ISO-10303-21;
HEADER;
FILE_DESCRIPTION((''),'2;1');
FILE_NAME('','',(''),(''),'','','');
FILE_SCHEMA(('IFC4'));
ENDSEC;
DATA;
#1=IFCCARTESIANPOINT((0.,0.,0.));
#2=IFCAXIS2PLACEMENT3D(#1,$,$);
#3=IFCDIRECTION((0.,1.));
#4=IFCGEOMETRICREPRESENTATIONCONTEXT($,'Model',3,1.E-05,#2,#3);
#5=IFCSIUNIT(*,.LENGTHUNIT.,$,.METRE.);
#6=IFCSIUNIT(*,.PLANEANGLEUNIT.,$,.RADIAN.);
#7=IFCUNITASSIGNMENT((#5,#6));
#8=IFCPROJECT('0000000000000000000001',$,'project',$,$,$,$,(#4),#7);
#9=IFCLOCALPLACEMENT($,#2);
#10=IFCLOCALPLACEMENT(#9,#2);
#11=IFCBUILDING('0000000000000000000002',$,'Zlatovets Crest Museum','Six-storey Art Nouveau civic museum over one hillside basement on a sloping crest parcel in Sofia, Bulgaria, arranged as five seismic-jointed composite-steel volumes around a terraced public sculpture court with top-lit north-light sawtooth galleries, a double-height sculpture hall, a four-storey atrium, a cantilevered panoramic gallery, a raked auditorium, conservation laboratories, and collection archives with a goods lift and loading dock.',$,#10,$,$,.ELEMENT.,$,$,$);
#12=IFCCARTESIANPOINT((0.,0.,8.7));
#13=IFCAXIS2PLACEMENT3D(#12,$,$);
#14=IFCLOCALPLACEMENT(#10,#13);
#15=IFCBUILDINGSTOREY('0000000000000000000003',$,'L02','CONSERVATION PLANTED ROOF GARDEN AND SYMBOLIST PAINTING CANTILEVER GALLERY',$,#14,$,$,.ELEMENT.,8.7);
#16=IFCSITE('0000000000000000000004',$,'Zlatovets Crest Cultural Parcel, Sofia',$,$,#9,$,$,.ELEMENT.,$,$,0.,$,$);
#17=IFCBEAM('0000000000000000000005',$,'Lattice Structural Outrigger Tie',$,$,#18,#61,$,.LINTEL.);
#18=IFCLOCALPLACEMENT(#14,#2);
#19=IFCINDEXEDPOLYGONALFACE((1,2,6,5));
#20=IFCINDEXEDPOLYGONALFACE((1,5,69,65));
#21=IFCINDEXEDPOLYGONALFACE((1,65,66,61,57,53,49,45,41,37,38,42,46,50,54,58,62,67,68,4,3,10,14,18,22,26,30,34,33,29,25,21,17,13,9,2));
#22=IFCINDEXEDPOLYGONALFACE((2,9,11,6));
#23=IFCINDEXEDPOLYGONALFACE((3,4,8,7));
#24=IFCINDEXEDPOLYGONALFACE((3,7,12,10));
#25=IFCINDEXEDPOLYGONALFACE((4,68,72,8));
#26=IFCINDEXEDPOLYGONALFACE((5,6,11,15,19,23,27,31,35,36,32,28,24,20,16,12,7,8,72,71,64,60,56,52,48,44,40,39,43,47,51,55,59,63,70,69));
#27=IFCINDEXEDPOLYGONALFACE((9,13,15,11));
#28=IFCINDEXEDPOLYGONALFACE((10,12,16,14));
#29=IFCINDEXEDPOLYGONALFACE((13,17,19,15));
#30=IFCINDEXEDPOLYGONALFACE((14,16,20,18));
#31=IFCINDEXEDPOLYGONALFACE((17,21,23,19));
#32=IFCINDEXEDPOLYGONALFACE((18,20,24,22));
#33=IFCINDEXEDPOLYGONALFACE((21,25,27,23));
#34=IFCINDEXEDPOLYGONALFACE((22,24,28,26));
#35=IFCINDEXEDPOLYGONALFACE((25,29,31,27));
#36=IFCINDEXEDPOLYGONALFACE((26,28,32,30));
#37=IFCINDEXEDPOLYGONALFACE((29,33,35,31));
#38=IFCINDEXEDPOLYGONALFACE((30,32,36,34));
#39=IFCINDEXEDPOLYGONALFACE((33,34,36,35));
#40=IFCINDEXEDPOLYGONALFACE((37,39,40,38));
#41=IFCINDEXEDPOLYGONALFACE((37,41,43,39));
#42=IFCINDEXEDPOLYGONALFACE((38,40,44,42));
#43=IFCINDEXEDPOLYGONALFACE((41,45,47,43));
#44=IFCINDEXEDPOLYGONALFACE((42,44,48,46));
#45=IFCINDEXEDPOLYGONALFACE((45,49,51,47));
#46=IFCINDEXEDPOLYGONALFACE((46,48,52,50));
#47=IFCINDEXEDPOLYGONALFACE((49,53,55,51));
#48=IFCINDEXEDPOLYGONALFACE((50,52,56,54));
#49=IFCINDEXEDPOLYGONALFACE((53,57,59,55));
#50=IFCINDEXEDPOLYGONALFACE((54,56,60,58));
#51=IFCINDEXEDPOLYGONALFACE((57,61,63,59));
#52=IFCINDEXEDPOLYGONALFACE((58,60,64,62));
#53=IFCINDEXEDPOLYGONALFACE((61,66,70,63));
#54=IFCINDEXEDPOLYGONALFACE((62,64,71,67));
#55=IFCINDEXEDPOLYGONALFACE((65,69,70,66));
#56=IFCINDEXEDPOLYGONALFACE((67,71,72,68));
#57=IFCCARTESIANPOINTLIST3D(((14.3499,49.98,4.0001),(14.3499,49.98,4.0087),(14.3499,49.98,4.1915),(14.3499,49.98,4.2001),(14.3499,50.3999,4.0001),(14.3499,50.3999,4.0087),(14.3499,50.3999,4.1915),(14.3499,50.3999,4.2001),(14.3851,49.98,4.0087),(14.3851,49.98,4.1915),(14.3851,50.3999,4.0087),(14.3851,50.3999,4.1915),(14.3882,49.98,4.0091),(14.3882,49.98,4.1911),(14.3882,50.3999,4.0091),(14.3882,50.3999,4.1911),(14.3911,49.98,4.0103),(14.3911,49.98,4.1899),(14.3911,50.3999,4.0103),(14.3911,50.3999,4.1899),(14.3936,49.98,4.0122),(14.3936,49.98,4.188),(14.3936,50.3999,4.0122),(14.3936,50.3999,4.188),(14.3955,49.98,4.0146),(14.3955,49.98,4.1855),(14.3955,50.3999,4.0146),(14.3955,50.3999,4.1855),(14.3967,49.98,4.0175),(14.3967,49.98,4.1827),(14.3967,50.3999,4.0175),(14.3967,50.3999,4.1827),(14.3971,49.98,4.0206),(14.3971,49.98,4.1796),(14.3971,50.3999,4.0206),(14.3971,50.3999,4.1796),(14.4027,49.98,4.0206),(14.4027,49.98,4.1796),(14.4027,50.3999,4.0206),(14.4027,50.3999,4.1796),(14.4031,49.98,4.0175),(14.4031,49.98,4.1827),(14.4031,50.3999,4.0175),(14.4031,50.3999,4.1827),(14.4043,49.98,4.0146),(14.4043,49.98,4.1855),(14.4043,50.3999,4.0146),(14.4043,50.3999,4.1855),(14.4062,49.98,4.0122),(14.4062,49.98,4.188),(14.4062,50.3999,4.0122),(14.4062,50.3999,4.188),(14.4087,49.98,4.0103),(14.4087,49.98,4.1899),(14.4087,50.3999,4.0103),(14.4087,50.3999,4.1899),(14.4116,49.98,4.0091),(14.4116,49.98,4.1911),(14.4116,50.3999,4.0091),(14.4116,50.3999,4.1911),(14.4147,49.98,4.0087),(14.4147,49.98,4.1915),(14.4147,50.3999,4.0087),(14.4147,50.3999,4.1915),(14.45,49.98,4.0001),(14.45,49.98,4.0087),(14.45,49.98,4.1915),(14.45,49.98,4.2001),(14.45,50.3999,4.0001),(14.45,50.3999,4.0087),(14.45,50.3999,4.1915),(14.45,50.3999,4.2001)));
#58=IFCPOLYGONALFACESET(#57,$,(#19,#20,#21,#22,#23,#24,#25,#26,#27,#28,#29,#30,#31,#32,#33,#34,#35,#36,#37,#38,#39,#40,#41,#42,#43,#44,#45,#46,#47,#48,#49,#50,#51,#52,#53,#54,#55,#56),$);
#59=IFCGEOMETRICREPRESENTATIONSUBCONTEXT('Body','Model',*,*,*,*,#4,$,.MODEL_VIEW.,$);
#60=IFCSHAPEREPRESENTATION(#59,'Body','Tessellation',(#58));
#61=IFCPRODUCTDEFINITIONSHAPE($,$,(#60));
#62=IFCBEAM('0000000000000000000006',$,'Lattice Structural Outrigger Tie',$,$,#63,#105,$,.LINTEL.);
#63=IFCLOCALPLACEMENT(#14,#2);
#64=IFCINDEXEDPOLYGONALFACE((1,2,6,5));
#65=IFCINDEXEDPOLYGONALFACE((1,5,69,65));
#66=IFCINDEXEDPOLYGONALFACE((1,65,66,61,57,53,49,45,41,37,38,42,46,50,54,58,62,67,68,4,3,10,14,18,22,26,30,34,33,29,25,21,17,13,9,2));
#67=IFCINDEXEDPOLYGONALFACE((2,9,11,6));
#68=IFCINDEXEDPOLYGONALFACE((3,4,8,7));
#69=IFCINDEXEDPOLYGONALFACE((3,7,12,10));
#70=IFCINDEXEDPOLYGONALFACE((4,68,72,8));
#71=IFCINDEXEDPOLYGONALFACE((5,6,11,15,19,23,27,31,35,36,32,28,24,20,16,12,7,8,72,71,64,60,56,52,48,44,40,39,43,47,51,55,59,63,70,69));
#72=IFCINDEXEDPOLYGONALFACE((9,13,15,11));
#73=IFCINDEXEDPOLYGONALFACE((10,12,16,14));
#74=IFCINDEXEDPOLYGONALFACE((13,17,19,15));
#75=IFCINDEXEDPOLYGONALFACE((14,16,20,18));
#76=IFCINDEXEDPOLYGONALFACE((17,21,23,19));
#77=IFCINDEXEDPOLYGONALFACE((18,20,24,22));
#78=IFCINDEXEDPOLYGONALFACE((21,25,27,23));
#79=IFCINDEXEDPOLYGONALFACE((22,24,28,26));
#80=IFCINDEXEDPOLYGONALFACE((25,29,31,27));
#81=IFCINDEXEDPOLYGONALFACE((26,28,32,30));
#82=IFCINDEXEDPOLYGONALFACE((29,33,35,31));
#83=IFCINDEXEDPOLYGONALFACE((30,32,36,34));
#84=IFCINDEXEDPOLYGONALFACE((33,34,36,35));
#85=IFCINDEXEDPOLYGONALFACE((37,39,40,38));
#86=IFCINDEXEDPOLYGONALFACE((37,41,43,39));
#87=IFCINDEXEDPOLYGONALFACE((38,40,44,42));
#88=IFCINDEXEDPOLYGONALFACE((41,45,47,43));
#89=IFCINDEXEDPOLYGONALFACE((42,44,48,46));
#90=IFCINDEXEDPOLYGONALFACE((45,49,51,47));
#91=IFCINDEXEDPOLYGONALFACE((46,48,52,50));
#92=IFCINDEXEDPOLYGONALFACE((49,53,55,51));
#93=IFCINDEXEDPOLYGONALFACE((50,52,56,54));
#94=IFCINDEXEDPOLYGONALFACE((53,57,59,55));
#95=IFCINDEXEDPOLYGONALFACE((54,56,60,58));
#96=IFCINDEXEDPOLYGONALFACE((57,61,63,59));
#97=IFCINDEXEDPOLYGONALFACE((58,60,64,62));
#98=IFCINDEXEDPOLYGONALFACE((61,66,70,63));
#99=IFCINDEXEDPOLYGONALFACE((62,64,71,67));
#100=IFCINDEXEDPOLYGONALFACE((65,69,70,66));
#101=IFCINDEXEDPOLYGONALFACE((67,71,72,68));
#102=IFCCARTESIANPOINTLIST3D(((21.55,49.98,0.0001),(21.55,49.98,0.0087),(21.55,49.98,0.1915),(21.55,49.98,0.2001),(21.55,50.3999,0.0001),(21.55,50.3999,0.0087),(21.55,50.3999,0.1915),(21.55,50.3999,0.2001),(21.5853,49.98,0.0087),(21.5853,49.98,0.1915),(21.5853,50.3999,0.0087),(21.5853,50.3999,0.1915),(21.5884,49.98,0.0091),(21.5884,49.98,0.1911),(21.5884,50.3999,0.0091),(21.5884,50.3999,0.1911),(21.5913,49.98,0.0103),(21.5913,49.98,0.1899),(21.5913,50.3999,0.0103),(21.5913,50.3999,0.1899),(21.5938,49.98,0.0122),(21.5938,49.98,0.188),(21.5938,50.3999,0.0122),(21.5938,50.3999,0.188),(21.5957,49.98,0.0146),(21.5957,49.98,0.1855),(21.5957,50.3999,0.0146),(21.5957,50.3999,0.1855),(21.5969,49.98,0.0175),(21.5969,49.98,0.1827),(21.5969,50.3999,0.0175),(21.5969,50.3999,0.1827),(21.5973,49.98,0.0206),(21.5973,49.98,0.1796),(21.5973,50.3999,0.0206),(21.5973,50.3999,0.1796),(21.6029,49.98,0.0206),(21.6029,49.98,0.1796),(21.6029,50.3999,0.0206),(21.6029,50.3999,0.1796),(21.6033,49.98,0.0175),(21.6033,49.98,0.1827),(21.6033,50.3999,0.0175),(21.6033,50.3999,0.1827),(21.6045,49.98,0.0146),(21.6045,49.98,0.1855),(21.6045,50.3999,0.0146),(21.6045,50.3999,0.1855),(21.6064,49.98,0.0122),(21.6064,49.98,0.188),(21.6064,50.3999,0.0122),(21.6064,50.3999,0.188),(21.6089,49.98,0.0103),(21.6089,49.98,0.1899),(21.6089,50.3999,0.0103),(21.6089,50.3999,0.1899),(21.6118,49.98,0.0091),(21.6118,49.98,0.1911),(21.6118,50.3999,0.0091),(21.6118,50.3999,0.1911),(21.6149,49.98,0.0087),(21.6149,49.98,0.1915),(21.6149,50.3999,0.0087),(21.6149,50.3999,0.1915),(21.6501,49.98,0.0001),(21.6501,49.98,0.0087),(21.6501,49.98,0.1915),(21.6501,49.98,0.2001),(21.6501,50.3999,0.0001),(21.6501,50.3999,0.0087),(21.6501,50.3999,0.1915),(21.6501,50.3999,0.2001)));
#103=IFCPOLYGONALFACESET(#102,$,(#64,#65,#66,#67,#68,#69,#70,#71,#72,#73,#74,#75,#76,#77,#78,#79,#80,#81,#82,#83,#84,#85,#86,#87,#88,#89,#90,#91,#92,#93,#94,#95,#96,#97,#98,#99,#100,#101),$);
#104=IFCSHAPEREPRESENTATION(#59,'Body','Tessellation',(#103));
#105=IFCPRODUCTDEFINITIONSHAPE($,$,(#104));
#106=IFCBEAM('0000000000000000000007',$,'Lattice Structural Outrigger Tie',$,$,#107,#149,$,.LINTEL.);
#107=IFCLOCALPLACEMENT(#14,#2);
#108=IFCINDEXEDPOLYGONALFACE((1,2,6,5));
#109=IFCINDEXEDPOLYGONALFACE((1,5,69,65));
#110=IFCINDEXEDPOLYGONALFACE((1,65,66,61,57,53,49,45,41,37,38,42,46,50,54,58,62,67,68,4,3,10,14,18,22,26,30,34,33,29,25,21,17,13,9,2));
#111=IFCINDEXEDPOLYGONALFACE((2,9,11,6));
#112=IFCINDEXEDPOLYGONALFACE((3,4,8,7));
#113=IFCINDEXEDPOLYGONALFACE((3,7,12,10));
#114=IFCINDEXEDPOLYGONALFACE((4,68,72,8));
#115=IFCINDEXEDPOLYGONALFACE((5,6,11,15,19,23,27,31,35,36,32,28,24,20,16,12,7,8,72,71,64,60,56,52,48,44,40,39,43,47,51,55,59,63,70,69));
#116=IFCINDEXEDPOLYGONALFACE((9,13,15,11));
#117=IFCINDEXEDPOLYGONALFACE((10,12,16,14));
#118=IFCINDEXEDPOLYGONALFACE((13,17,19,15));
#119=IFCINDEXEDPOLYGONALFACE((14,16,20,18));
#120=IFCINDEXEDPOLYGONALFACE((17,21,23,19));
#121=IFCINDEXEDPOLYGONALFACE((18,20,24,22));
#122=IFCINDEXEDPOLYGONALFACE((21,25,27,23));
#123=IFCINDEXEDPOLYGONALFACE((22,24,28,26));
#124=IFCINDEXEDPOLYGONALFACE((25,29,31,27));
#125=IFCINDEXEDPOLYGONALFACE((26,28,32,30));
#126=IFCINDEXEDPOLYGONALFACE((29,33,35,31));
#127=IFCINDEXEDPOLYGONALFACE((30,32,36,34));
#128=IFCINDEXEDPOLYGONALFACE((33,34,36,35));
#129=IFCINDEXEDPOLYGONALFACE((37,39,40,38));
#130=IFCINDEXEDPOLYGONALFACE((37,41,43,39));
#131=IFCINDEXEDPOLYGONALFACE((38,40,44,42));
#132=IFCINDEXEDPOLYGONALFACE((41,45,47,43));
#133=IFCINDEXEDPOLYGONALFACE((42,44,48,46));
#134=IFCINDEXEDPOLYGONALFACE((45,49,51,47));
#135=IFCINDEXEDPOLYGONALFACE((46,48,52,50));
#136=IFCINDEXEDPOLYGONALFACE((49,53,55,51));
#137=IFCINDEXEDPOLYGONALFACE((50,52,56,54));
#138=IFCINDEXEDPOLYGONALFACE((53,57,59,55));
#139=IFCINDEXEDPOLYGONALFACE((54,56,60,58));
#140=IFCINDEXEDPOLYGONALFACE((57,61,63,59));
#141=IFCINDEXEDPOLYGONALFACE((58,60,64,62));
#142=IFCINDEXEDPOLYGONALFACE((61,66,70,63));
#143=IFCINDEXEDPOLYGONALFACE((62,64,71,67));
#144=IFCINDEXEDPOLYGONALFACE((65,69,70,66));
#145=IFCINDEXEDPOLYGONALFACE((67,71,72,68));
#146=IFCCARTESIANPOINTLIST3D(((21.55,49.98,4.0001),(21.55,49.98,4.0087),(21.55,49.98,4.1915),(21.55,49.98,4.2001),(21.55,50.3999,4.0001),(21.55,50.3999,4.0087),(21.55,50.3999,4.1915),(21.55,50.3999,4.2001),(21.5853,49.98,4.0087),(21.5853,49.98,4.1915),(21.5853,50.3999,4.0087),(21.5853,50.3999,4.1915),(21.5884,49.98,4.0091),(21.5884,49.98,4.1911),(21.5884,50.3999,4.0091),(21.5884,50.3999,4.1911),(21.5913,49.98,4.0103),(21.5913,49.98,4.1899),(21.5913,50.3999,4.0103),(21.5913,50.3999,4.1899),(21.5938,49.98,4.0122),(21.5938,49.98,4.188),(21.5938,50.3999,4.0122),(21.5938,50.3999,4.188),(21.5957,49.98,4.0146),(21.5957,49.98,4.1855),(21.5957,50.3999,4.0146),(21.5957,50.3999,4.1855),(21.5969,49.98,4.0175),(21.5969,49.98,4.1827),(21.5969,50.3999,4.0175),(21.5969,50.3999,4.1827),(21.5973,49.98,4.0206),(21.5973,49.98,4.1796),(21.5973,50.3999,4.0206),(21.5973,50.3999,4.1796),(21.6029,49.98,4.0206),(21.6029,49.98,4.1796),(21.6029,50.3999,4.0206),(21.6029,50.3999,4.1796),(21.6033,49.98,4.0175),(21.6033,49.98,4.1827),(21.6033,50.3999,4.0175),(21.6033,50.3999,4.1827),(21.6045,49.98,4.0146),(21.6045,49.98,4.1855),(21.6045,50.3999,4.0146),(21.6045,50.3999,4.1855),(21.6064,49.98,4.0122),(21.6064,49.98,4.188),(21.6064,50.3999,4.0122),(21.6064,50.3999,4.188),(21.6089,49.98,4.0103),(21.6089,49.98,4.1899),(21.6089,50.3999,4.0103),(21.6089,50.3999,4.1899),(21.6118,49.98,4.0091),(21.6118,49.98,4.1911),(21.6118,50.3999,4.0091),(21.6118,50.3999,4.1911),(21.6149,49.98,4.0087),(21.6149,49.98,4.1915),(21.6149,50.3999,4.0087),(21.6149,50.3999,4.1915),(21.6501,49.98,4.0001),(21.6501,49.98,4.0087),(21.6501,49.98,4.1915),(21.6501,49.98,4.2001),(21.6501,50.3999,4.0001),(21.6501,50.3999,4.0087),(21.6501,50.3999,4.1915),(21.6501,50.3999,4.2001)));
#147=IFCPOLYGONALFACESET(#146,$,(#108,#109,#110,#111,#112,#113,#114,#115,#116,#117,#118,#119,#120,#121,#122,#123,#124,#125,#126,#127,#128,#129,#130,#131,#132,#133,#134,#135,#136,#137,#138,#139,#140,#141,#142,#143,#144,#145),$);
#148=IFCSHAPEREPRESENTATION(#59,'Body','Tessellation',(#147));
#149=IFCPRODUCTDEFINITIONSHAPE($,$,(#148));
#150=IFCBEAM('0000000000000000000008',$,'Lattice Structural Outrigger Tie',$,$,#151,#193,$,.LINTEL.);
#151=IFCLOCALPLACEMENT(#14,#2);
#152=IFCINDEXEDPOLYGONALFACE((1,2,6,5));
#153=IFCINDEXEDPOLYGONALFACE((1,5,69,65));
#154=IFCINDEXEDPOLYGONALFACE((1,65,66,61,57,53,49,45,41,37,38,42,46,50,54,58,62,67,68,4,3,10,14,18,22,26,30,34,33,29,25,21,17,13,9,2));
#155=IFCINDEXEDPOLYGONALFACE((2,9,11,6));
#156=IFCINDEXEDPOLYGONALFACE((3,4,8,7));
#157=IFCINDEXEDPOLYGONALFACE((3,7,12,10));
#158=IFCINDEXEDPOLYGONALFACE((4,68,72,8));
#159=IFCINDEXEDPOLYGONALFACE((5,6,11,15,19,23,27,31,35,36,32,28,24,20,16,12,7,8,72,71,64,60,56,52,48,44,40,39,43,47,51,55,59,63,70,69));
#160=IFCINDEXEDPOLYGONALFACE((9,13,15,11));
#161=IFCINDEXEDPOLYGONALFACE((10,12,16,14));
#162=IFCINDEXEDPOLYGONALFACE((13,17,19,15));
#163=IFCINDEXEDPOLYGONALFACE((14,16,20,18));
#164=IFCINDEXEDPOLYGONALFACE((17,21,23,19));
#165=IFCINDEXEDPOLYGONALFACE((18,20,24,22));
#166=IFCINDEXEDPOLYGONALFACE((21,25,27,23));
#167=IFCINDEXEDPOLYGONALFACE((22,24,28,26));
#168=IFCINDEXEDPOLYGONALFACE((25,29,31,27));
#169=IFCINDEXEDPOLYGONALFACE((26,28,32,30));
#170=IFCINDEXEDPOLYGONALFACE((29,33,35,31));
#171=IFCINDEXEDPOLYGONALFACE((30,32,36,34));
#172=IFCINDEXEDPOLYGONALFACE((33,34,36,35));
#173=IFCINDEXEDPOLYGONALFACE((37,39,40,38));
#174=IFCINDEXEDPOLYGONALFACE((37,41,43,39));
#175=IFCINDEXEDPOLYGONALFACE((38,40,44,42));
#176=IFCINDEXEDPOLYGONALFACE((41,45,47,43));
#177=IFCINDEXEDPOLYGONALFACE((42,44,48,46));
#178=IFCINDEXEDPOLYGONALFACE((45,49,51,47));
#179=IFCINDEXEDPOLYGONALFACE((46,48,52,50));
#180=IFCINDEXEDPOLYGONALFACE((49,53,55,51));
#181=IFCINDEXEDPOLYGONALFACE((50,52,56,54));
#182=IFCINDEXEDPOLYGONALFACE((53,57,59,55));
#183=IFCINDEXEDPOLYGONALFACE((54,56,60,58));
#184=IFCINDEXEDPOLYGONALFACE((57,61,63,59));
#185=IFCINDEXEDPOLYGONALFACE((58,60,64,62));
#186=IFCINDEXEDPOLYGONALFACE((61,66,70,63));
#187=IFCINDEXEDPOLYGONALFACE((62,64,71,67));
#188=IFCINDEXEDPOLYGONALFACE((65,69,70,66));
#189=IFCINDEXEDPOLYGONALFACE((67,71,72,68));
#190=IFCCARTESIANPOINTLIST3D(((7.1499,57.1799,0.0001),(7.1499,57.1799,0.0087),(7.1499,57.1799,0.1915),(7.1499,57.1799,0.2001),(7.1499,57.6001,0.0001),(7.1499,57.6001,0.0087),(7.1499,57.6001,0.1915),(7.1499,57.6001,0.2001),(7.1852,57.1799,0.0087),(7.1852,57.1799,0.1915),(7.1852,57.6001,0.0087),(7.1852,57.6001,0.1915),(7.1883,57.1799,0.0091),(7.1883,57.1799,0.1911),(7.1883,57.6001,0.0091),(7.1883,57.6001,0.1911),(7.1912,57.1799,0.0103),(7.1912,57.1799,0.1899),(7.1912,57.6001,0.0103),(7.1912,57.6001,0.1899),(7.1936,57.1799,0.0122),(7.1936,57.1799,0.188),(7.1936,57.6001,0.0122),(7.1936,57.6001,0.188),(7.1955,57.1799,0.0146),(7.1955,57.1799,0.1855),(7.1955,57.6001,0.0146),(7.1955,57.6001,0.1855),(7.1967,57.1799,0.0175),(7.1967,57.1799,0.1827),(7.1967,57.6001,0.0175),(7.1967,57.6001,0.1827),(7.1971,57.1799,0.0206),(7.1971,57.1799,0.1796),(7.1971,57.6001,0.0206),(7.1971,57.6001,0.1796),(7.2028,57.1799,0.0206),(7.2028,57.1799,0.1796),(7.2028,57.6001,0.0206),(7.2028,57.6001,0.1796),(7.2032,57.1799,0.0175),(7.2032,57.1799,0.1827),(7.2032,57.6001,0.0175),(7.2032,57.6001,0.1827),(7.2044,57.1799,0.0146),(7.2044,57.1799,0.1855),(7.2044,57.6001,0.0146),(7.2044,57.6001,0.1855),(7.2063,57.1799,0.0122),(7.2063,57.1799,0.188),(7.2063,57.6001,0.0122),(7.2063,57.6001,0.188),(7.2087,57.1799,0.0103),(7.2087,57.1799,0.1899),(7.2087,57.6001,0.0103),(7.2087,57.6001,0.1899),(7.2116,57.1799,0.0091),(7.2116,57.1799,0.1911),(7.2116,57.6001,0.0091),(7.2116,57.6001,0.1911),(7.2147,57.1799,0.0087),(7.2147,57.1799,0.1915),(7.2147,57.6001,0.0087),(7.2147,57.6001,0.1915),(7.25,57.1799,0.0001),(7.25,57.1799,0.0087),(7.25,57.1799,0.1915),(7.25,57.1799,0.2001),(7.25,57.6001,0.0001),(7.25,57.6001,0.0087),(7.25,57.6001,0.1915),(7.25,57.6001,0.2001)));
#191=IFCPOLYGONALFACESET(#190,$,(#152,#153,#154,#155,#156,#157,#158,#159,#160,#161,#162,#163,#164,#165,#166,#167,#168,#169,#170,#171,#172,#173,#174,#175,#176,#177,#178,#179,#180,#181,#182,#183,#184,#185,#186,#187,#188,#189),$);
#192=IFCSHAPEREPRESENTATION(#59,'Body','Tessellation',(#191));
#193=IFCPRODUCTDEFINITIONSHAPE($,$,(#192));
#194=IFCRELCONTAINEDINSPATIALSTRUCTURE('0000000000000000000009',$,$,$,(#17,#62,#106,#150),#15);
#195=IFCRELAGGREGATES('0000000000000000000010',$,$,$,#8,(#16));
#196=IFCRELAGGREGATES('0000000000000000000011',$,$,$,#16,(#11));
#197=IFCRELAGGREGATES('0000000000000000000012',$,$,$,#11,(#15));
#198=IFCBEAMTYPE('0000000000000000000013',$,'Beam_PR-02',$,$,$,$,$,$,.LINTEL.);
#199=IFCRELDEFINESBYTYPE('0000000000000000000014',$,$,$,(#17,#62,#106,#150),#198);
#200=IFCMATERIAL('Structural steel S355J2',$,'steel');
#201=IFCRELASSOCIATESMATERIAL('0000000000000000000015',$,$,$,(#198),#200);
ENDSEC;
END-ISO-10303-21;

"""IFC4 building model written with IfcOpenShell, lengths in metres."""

from ifc_helpers import new_model, si_unit, direction, frame, origin, origin_2d, place, context, subcontext, project, spatial, i_section, extrude, material, material_profile, profile_set, type_object, element, save


model = new_model("IFC4")

# Units and contexts
model_context = context("Model", 3, precision=1e-05, world=origin(), true_north=direction((0.0, 1.0)))
body_context = subcontext(model_context, "Body", "Model", "MODEL_VIEW")
ifc_project = project(units=[si_unit("LENGTHUNIT", "METRE"), si_unit("PLANEANGLEUNIT", "RADIAN")], contexts=[model_context])

# Site, building, storey
site_placement = place(None, origin())
site = spatial("IfcSite", under=ifc_project, at=site_placement, Name="Zlatovets Crest Cultural Parcel, Sofia", CompositionType="ELEMENT", RefElevation=0.0)
building_placement = place(site_placement, origin())
building = spatial("IfcBuilding", under=site, at=building_placement, Name="Zlatovets Crest Museum", Description="Six-storey Art Nouveau civic museum over one hillside basement on a sloping crest parcel in Sofia, Bulgaria, arranged as five seismic-jointed composite-steel volumes around a terraced public sculpture court with top-lit north-light sawtooth galleries, a double-height sculpture hall, a four-storey atrium, a cantilevered panoramic gallery, a raked auditorium, conservation laboratories, and collection archives with a goods lift and loading dock.", CompositionType="ELEMENT")
storey_placement = place(building_placement, frame((0.0, 0.0, 8.7)))
storey = spatial("IfcBuildingStorey", under=building, at=storey_placement, Name="L02", Description="CONSERVATION PLANTED ROOF GARDEN AND SYMBOLIST PAINTING CANTILEVER GALLERY", CompositionType="ELEMENT", Elevation=8.7)

# Shared definitions
ifc_material_1 = material(Name="Structural steel S355J2", Category="steel")

# Beams
ifc_material_profile_1 = material_profile(ifc_material_1, i_section(OverallWidth=0.1001, OverallDepth=0.2, WebThickness=0.0056, FlangeThickness=0.0085, FilletRadius=0.012, at=origin_2d()), Name="IPE 200")
ifc_profile_set_1 = profile_set([ifc_material_profile_1], Name="Structural steel S355J2")
beam_type_1 = type_object("IfcBeamType", Name="Beam_PR-02", PredefinedType="LINTEL", material=ifc_profile_set_1)
for number, where, z_axis, x_axis, name in (
    (1, (14.3999, 50.3999, 4.1001), (0.0, -1.0, 0.0), (1.0, 0.0, 0.0), "Lattice Structural Outrigger Tie"),
    (2, (21.6001, 50.3999, 0.1001), (0.0, -1.0, 0.0), (1.0, 0.0, 0.0), "Lattice Structural Outrigger Tie"),
    (3, (21.6001, 50.3999, 4.1001), (0.0, -1.0, 0.0), (1.0, 0.0, 0.0), "Lattice Structural Outrigger Tie"),
):
    element("IfcBeam", number, at=place(storey_placement, frame(where, z_axis=z_axis, x_axis=x_axis)), inside=storey, type_object=beam_type_1, Name=name, PredefinedType="LINTEL", context=body_context, shape_type="SweptSolid", body=[
        extrude(i_section(OverallWidth=0.1001, OverallDepth=0.2, WebThickness=0.0056, FlangeThickness=0.0085, FilletRadius=0.012, at=origin_2d()), origin(), (0.0, 0.0, 1.0), 0.4199),
    ])
for number, where, z_axis, x_axis, name in (
    (4, (7.2, 57.6001, 0.1001), (0.0, -1.0, 0.0), (1.0, 0.0, 0.0), "Lattice Structural Outrigger Tie"),
):
    element("IfcBeam", number, at=place(storey_placement, frame(where, z_axis=z_axis, x_axis=x_axis)), inside=storey, type_object=beam_type_1, Name=name, PredefinedType="LINTEL", context=body_context, shape_type="SweptSolid", body=[
        extrude(i_section(OverallWidth=0.1001, OverallDepth=0.2, WebThickness=0.0056, FlangeThickness=0.0085, FilletRadius=0.012, at=origin_2d()), origin(), (0.0, 0.0, 1.0), 0.4202),
    ])

save(model, "model.ifc")
